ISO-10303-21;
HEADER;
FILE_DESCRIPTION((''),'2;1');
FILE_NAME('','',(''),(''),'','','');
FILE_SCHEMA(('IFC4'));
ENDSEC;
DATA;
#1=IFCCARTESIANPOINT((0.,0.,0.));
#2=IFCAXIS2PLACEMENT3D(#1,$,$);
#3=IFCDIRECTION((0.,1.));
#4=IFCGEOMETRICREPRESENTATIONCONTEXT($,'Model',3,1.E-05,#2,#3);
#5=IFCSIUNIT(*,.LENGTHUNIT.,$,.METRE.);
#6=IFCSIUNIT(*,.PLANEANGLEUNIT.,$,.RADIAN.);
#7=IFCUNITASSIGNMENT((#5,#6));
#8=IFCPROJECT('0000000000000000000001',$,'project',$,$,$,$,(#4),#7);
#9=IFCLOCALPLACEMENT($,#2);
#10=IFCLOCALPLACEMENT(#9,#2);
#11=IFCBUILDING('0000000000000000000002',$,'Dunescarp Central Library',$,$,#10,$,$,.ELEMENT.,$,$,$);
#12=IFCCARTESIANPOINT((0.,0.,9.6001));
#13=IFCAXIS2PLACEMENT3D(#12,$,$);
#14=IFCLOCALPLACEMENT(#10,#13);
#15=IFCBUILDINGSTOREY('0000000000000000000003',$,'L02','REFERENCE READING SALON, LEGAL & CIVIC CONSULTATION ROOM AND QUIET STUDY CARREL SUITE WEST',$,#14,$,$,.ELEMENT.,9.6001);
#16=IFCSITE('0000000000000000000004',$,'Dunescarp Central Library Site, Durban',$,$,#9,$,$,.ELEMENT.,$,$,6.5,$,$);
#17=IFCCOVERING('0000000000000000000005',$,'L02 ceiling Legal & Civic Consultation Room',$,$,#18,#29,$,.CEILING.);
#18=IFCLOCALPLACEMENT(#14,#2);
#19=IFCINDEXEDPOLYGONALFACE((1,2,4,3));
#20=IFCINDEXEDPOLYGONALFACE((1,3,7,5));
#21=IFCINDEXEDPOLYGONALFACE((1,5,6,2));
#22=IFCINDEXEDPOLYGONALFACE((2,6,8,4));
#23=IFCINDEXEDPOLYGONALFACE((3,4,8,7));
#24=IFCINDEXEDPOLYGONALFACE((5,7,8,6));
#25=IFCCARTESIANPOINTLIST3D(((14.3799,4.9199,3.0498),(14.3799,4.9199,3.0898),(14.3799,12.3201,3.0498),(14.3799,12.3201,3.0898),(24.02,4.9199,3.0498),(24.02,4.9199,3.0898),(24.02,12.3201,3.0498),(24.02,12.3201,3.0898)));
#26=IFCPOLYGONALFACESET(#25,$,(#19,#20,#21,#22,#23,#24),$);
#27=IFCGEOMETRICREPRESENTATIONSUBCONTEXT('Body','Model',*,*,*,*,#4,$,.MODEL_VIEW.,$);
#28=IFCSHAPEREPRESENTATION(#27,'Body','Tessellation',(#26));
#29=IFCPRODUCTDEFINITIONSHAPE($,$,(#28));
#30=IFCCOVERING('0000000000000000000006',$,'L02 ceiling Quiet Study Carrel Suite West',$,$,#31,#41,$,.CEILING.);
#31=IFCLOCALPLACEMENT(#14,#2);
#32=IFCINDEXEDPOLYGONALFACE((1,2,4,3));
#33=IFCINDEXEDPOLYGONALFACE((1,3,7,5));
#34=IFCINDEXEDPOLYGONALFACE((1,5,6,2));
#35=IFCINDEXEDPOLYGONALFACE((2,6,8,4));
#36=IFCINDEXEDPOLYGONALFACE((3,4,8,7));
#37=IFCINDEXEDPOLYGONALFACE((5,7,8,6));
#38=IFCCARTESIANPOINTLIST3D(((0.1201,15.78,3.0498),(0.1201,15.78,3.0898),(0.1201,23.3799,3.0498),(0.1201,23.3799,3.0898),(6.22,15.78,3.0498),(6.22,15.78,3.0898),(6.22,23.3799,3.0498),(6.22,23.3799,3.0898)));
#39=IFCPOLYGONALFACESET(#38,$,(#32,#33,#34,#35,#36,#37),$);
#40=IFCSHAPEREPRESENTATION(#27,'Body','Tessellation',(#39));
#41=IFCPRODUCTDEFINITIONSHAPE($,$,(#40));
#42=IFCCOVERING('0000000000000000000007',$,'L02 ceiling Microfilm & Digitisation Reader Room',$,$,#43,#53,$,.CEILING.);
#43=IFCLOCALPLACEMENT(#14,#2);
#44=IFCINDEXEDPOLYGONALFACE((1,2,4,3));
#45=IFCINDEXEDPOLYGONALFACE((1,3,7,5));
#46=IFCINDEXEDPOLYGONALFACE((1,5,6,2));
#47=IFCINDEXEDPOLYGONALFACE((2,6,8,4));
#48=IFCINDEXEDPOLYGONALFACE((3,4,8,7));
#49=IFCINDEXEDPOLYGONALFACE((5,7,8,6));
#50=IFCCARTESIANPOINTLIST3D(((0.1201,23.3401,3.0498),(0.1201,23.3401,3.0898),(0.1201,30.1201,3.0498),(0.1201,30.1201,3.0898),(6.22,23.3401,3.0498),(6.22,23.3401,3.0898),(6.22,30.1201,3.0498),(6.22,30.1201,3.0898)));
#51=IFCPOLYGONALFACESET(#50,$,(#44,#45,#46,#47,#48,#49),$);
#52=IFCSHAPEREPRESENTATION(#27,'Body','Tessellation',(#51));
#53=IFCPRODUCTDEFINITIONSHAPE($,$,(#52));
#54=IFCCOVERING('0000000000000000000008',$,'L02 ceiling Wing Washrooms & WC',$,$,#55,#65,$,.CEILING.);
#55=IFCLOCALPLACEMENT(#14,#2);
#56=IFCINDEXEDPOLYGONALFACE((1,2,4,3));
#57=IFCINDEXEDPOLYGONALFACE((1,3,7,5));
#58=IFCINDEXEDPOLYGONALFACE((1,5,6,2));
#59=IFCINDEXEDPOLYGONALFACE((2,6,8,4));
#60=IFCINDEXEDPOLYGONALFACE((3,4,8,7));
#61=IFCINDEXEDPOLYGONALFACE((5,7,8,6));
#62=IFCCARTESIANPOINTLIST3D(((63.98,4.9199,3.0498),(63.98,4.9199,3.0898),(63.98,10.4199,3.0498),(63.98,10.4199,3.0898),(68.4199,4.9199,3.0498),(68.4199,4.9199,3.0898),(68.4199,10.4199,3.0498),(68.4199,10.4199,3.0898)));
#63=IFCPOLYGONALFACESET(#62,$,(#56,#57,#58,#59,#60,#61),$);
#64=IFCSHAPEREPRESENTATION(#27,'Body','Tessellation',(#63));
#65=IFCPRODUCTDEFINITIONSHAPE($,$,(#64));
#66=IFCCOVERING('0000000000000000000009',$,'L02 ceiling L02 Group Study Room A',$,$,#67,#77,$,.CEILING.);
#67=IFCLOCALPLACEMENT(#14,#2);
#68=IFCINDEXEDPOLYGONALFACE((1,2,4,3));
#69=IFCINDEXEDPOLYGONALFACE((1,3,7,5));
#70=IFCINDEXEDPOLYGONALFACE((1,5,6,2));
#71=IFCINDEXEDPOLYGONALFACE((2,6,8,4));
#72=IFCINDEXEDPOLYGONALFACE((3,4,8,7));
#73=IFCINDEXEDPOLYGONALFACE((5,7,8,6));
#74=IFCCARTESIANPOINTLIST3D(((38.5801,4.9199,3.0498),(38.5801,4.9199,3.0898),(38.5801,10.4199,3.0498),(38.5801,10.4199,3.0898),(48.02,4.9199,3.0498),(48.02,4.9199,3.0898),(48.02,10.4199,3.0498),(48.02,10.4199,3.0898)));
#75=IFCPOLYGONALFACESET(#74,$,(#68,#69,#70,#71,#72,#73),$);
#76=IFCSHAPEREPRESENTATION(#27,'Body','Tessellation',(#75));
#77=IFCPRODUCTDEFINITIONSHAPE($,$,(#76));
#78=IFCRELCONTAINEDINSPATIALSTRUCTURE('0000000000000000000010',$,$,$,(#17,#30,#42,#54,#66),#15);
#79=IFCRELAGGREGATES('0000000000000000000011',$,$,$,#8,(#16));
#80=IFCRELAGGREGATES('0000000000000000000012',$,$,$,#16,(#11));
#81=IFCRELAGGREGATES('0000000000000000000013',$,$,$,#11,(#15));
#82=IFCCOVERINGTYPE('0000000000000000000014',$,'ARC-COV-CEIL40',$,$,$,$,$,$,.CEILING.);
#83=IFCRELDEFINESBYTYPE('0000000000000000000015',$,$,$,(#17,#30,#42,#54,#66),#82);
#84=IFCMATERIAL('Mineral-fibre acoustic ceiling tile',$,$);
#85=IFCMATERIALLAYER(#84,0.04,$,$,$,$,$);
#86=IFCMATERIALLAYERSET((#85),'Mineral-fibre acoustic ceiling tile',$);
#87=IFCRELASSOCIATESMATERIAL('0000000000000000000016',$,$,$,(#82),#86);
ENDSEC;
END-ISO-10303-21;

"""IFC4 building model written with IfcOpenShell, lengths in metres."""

from ifc_helpers import new_model, si_unit, direction, frame, origin, place, context, subcontext, project, spatial, polyline, outline, extrude, material, layer, layer_set, type_object, element, save


model = new_model("IFC4")

# Units and contexts
model_context = context("Model", 3, precision=1e-05, world=origin(), true_north=direction((0.0, 1.0)))
body_context = subcontext(model_context, "Body", "Model", "MODEL_VIEW")
ifc_project = project(units=[si_unit("LENGTHUNIT", "METRE"), si_unit("PLANEANGLEUNIT", "RADIAN")], contexts=[model_context])

# Site, building, storey
site_placement = place(None, origin())
site = spatial("IfcSite", under=ifc_project, at=site_placement, Name="Dunescarp Central Library Site, Durban", CompositionType="ELEMENT", RefElevation=6.5)
building_placement = place(site_placement, origin())
building = spatial("IfcBuilding", under=site, at=building_placement, Name="Dunescarp Central Library", CompositionType="ELEMENT")
storey_placement = place(building_placement, frame((0.0, 0.0, 9.6001)))
storey = spatial("IfcBuildingStorey", under=building, at=storey_placement, Name="L02", Description="REFERENCE READING SALON, LEGAL & CIVIC CONSULTATION ROOM AND QUIET STUDY CARREL SUITE WEST", CompositionType="ELEMENT", Elevation=9.6001)

# Coverings
ifc_material_1 = material(Name="Mineral-fibre acoustic ceiling tile")
ifc_layer_1 = layer(ifc_material_1, 0.04)
ifc_layer_set_1 = layer_set([ifc_layer_1], Name="Mineral-fibre acoustic ceiling tile")
covering_type_1 = type_object("IfcCoveringType", Name="ARC-COV-CEIL40", PredefinedType="CEILING", material=ifc_layer_set_1)
covering_1_placement = place(storey_placement, frame((0.0, 0.0, 3.0498)))
element("IfcCovering", 1, at=covering_1_placement, inside=storey, type_object=covering_type_1, Name="L02 ceiling Legal & Civic Consultation Room", PredefinedType="CEILING", context=body_context, shape_type="SweptSolid", body=[
    extrude(outline(polyline([(14.3799, 4.9199), (24.02, 4.9199), (24.02, 12.3201), (14.3799, 12.3201), (14.3799, 4.9199)])), origin(), (0.0, 0.0, 1.0), 0.04),
])
covering_2_placement = place(storey_placement, frame((0.0, 0.0, 3.0498)))
element("IfcCovering", 2, at=covering_2_placement, inside=storey, type_object=covering_type_1, Name="L02 ceiling Quiet Study Carrel Suite West", PredefinedType="CEILING", context=body_context, shape_type="SweptSolid", body=[
    extrude(outline(polyline([(0.1201, 15.78), (6.22, 15.78), (6.22, 23.3799), (0.1201, 23.3799), (0.1201, 15.78)])), origin(), (0.0, 0.0, 1.0), 0.04),
])
covering_3_placement = place(storey_placement, frame((0.0, 0.0, 3.0498)))
element("IfcCovering", 3, at=covering_3_placement, inside=storey, type_object=covering_type_1, Name="L02 ceiling Microfilm & Digitisation Reader Room", PredefinedType="CEILING", context=body_context, shape_type="SweptSolid", body=[
    extrude(outline(polyline([(0.1201, 23.3401), (6.22, 23.3401), (6.22, 30.1201), (0.1201, 30.1201), (0.1201, 23.3401)])), origin(), (0.0, 0.0, 1.0), 0.04),
])
covering_4_placement = place(storey_placement, frame((0.0, 0.0, 3.0498)))
element("IfcCovering", 4, at=covering_4_placement, inside=storey, type_object=covering_type_1, Name="L02 ceiling Wing Washrooms & WC", PredefinedType="CEILING", context=body_context, shape_type="SweptSolid", body=[
    extrude(outline(polyline([(63.98, 4.9199), (68.4199, 4.9199), (68.4199, 10.4199), (63.98, 10.4199), (63.98, 4.9199)])), origin(), (0.0, 0.0, 1.0), 0.04),
])
covering_5_placement = place(storey_placement, frame((0.0, 0.0, 3.0498)))
element("IfcCovering", 5, at=covering_5_placement, inside=storey, type_object=covering_type_1, Name="L02 ceiling L02 Group Study Room A", PredefinedType="CEILING", context=body_context, shape_type="SweptSolid", body=[
    extrude(outline(polyline([(38.5801, 4.9199), (48.02, 4.9199), (48.02, 10.4199), (38.5801, 10.4199), (38.5801, 4.9199)])), origin(), (0.0, 0.0, 1.0), 0.04),
])

save(model, "model.ifc")
